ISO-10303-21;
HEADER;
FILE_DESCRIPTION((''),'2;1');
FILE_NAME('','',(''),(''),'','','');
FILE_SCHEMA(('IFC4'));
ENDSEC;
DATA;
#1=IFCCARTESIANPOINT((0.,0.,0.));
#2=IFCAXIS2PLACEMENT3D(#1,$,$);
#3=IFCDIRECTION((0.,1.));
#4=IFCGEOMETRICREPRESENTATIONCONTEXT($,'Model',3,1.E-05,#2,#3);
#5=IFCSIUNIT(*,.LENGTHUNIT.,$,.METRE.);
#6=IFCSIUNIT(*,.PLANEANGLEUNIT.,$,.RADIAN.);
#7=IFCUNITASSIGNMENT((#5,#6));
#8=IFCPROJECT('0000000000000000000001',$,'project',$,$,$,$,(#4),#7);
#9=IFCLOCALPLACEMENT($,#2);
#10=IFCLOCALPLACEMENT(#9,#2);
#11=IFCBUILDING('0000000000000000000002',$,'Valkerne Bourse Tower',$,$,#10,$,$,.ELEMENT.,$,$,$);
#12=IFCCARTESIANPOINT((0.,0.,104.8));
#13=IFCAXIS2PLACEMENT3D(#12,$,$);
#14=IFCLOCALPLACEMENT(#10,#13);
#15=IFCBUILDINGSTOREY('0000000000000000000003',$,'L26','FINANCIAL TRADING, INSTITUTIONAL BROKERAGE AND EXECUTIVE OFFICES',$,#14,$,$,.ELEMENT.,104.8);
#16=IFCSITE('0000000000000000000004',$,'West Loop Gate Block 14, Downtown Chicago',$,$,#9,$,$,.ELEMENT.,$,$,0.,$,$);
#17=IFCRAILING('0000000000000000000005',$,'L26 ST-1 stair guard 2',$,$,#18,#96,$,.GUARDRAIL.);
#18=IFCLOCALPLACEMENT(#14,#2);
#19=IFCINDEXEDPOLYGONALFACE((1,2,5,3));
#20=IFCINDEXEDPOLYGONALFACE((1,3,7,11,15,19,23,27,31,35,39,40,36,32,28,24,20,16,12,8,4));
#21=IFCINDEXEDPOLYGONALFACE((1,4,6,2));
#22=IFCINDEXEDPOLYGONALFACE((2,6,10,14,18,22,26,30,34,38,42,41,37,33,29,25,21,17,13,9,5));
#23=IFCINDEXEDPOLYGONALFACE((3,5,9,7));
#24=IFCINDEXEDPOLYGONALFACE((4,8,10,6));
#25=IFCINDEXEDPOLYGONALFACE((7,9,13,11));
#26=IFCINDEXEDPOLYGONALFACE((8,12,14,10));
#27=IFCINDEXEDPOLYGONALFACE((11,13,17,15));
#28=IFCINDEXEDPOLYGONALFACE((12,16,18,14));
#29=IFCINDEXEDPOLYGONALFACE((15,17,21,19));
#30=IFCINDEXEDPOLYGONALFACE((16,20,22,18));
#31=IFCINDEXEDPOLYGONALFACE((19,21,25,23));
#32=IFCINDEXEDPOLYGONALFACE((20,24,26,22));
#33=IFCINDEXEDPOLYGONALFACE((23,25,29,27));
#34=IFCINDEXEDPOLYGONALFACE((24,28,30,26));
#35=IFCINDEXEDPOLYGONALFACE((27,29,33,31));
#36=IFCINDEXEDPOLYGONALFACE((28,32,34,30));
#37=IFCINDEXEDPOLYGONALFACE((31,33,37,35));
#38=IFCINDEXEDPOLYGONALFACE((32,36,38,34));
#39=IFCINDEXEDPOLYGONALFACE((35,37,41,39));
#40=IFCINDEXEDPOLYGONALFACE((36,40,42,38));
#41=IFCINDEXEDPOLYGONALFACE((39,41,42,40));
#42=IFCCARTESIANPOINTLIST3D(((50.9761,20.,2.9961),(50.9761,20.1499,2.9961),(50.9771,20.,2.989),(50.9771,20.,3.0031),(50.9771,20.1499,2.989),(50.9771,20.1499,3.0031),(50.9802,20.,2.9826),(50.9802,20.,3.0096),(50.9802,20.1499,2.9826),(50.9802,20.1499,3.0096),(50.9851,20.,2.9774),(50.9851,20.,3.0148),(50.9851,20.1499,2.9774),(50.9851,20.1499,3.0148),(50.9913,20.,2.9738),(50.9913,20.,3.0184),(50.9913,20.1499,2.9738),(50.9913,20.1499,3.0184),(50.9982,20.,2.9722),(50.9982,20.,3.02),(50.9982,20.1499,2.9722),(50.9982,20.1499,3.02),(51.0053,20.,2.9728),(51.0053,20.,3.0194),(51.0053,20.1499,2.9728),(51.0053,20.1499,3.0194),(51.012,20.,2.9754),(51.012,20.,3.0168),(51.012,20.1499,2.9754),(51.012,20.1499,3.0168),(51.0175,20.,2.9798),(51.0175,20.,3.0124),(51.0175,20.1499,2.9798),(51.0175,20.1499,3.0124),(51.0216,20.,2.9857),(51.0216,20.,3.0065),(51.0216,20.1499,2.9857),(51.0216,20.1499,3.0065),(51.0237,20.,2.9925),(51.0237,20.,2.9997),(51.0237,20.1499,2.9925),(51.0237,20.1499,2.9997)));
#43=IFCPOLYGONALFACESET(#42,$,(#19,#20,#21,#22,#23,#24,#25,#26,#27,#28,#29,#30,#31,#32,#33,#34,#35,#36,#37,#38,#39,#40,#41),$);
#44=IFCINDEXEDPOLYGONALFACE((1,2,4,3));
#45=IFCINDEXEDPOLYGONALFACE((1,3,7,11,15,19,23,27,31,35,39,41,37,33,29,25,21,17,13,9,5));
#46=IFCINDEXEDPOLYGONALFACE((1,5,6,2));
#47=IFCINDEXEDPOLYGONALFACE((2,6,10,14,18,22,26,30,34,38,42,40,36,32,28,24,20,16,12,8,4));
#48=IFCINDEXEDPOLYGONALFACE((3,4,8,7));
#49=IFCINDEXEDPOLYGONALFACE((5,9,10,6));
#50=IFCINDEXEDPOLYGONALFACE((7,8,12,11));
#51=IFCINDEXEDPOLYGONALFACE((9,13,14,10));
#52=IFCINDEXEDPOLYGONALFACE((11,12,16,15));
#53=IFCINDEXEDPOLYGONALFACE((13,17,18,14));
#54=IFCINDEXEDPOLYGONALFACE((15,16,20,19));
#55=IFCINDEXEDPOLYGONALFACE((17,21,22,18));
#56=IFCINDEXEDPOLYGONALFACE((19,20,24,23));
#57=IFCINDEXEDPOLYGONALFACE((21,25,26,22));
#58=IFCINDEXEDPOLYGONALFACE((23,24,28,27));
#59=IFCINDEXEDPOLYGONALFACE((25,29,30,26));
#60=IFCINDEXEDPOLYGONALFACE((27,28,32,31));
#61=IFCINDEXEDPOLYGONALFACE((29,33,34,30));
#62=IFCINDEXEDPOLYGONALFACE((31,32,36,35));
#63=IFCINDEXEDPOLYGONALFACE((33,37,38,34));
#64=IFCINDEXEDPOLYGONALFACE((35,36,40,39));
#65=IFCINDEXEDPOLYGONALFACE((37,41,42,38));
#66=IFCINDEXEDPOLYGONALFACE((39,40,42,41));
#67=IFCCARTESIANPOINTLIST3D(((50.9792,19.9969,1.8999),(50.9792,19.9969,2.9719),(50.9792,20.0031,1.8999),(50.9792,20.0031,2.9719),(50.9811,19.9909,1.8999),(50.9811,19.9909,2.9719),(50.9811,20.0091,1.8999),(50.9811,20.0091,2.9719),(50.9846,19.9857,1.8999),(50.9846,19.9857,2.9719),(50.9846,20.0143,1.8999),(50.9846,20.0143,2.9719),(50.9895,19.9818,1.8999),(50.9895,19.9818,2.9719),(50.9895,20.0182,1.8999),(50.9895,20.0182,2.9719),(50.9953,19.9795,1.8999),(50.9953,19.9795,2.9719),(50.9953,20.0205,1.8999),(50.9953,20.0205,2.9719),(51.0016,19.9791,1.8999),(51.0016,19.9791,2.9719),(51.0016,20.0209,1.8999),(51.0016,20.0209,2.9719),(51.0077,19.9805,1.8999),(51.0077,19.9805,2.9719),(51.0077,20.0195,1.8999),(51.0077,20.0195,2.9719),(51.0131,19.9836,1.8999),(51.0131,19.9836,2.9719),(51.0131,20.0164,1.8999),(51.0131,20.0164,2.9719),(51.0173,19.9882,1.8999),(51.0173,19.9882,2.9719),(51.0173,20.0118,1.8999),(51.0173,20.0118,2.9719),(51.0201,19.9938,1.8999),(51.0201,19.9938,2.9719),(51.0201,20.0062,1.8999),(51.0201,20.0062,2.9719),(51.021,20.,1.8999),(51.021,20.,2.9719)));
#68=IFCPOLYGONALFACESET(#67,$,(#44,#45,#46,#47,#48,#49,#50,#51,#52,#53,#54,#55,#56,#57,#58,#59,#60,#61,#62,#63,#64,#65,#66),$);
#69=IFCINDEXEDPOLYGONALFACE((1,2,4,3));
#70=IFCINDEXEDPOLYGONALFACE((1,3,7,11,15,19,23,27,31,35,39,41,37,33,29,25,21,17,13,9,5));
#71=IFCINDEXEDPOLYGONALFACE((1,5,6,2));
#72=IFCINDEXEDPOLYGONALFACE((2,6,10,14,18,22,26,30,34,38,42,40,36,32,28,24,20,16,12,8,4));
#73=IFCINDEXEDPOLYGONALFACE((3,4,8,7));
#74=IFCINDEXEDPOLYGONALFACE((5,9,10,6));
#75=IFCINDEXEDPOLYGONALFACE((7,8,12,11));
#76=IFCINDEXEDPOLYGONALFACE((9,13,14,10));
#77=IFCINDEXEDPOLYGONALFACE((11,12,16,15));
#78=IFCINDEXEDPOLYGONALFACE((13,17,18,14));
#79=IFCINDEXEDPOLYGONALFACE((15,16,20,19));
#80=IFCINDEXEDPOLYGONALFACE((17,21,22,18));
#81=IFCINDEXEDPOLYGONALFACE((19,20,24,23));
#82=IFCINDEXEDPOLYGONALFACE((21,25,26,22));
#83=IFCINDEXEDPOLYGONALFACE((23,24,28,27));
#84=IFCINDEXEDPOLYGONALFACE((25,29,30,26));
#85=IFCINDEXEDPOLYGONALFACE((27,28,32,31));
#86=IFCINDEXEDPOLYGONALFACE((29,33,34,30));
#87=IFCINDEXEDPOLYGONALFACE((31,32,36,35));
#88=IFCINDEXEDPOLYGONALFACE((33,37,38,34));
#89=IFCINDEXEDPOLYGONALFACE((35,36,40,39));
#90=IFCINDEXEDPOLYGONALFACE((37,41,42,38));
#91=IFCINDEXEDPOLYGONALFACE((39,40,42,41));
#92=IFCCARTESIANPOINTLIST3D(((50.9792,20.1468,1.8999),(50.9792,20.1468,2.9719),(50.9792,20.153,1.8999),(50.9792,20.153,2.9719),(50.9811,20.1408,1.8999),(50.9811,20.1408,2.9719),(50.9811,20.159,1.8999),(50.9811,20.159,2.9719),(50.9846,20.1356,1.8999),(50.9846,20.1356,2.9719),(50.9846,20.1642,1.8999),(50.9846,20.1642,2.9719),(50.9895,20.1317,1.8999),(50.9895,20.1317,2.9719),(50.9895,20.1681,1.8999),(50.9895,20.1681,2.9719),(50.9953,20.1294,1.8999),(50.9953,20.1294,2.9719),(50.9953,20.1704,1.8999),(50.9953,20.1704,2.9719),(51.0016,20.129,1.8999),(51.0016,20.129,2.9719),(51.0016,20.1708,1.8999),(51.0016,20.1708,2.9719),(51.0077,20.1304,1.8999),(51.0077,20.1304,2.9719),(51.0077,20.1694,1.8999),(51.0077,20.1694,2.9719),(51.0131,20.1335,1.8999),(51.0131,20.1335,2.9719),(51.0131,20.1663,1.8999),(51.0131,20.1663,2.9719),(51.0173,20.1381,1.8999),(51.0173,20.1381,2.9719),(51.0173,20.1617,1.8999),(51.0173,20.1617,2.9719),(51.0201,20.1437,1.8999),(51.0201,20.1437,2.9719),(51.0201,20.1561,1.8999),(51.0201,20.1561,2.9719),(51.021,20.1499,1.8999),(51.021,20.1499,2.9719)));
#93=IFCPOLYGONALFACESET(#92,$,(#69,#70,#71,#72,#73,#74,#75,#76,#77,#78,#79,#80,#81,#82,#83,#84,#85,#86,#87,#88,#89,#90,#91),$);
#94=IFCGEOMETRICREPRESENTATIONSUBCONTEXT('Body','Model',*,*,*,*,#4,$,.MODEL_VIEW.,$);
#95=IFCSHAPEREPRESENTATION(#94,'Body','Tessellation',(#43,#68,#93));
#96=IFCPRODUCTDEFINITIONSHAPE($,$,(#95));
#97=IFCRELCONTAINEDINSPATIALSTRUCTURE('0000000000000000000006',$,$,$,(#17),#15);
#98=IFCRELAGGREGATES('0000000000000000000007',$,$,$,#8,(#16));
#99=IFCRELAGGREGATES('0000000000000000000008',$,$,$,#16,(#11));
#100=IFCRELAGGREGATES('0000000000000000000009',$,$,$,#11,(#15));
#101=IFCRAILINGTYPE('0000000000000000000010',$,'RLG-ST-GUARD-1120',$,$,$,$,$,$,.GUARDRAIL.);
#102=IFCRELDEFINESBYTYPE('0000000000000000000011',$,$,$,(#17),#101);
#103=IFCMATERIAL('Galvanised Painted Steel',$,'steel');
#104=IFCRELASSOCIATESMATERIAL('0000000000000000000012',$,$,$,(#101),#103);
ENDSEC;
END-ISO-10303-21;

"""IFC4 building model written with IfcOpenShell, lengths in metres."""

from ifc_helpers import new_model, si_unit, direction, frame, origin, origin_2d, place, context, subcontext, project, spatial, circle, extrude, material, type_object, element, save


model = new_model("IFC4")

# Units and contexts
model_context = context("Model", 3, precision=1e-05, world=origin(), true_north=direction((0.0, 1.0)))
body_context = subcontext(model_context, "Body", "Model", "MODEL_VIEW")
ifc_project = project(units=[si_unit("LENGTHUNIT", "METRE"), si_unit("PLANEANGLEUNIT", "RADIAN")], contexts=[model_context])

# Site, building, storey
site_placement = place(None, origin())
site = spatial("IfcSite", under=ifc_project, at=site_placement, Name="West Loop Gate Block 14, Downtown Chicago", CompositionType="ELEMENT", RefElevation=0.0)
building_placement = place(site_placement, origin())
building = spatial("IfcBuilding", under=site, at=building_placement, Name="Valkerne Bourse Tower", CompositionType="ELEMENT")
storey_placement = place(building_placement, frame((0.0, 0.0, 104.8)))
storey = spatial("IfcBuildingStorey", under=building, at=storey_placement, Name="L26", Description="FINANCIAL TRADING, INSTITUTIONAL BROKERAGE AND EXECUTIVE OFFICES", CompositionType="ELEMENT", Elevation=104.8)

# Shared definitions
ifc_material_1 = material(Name="Galvanised Painted Steel", Category="steel")

# Railing
railing_type_1 = type_object("IfcRailingType", Name="RLG-ST-GUARD-1120", PredefinedType="GUARDRAIL", material=ifc_material_1)
railing_1_placement = place(storey_placement, frame((51.0, 20.0, 1.8999)))
element("IfcRailing", 1, at=railing_1_placement, inside=storey, type_object=railing_type_1, Name="L26 ST-1 stair guard 2", PredefinedType="GUARDRAIL", context=body_context, shape_type="SweptSolid", body=[
    extrude(circle(Radius=0.0239, at=origin_2d()), frame((0.0, 0.0, 1.0962), z_axis=(0.0, 1.0, 0.0), x_axis=(-1.0, 0.0, 0.0)), (0.0, 0.0, 1.0), 0.1499),
    extrude(circle(Radius=0.021, at=origin_2d()), origin(), (0.0, 0.0, 1.0), 1.072),
    extrude(circle(Radius=0.021, at=origin_2d()), frame((0.0, 0.1499, 0.0)), (0.0, 0.0, 1.0), 1.072),
])

save(model, "model.ifc")
